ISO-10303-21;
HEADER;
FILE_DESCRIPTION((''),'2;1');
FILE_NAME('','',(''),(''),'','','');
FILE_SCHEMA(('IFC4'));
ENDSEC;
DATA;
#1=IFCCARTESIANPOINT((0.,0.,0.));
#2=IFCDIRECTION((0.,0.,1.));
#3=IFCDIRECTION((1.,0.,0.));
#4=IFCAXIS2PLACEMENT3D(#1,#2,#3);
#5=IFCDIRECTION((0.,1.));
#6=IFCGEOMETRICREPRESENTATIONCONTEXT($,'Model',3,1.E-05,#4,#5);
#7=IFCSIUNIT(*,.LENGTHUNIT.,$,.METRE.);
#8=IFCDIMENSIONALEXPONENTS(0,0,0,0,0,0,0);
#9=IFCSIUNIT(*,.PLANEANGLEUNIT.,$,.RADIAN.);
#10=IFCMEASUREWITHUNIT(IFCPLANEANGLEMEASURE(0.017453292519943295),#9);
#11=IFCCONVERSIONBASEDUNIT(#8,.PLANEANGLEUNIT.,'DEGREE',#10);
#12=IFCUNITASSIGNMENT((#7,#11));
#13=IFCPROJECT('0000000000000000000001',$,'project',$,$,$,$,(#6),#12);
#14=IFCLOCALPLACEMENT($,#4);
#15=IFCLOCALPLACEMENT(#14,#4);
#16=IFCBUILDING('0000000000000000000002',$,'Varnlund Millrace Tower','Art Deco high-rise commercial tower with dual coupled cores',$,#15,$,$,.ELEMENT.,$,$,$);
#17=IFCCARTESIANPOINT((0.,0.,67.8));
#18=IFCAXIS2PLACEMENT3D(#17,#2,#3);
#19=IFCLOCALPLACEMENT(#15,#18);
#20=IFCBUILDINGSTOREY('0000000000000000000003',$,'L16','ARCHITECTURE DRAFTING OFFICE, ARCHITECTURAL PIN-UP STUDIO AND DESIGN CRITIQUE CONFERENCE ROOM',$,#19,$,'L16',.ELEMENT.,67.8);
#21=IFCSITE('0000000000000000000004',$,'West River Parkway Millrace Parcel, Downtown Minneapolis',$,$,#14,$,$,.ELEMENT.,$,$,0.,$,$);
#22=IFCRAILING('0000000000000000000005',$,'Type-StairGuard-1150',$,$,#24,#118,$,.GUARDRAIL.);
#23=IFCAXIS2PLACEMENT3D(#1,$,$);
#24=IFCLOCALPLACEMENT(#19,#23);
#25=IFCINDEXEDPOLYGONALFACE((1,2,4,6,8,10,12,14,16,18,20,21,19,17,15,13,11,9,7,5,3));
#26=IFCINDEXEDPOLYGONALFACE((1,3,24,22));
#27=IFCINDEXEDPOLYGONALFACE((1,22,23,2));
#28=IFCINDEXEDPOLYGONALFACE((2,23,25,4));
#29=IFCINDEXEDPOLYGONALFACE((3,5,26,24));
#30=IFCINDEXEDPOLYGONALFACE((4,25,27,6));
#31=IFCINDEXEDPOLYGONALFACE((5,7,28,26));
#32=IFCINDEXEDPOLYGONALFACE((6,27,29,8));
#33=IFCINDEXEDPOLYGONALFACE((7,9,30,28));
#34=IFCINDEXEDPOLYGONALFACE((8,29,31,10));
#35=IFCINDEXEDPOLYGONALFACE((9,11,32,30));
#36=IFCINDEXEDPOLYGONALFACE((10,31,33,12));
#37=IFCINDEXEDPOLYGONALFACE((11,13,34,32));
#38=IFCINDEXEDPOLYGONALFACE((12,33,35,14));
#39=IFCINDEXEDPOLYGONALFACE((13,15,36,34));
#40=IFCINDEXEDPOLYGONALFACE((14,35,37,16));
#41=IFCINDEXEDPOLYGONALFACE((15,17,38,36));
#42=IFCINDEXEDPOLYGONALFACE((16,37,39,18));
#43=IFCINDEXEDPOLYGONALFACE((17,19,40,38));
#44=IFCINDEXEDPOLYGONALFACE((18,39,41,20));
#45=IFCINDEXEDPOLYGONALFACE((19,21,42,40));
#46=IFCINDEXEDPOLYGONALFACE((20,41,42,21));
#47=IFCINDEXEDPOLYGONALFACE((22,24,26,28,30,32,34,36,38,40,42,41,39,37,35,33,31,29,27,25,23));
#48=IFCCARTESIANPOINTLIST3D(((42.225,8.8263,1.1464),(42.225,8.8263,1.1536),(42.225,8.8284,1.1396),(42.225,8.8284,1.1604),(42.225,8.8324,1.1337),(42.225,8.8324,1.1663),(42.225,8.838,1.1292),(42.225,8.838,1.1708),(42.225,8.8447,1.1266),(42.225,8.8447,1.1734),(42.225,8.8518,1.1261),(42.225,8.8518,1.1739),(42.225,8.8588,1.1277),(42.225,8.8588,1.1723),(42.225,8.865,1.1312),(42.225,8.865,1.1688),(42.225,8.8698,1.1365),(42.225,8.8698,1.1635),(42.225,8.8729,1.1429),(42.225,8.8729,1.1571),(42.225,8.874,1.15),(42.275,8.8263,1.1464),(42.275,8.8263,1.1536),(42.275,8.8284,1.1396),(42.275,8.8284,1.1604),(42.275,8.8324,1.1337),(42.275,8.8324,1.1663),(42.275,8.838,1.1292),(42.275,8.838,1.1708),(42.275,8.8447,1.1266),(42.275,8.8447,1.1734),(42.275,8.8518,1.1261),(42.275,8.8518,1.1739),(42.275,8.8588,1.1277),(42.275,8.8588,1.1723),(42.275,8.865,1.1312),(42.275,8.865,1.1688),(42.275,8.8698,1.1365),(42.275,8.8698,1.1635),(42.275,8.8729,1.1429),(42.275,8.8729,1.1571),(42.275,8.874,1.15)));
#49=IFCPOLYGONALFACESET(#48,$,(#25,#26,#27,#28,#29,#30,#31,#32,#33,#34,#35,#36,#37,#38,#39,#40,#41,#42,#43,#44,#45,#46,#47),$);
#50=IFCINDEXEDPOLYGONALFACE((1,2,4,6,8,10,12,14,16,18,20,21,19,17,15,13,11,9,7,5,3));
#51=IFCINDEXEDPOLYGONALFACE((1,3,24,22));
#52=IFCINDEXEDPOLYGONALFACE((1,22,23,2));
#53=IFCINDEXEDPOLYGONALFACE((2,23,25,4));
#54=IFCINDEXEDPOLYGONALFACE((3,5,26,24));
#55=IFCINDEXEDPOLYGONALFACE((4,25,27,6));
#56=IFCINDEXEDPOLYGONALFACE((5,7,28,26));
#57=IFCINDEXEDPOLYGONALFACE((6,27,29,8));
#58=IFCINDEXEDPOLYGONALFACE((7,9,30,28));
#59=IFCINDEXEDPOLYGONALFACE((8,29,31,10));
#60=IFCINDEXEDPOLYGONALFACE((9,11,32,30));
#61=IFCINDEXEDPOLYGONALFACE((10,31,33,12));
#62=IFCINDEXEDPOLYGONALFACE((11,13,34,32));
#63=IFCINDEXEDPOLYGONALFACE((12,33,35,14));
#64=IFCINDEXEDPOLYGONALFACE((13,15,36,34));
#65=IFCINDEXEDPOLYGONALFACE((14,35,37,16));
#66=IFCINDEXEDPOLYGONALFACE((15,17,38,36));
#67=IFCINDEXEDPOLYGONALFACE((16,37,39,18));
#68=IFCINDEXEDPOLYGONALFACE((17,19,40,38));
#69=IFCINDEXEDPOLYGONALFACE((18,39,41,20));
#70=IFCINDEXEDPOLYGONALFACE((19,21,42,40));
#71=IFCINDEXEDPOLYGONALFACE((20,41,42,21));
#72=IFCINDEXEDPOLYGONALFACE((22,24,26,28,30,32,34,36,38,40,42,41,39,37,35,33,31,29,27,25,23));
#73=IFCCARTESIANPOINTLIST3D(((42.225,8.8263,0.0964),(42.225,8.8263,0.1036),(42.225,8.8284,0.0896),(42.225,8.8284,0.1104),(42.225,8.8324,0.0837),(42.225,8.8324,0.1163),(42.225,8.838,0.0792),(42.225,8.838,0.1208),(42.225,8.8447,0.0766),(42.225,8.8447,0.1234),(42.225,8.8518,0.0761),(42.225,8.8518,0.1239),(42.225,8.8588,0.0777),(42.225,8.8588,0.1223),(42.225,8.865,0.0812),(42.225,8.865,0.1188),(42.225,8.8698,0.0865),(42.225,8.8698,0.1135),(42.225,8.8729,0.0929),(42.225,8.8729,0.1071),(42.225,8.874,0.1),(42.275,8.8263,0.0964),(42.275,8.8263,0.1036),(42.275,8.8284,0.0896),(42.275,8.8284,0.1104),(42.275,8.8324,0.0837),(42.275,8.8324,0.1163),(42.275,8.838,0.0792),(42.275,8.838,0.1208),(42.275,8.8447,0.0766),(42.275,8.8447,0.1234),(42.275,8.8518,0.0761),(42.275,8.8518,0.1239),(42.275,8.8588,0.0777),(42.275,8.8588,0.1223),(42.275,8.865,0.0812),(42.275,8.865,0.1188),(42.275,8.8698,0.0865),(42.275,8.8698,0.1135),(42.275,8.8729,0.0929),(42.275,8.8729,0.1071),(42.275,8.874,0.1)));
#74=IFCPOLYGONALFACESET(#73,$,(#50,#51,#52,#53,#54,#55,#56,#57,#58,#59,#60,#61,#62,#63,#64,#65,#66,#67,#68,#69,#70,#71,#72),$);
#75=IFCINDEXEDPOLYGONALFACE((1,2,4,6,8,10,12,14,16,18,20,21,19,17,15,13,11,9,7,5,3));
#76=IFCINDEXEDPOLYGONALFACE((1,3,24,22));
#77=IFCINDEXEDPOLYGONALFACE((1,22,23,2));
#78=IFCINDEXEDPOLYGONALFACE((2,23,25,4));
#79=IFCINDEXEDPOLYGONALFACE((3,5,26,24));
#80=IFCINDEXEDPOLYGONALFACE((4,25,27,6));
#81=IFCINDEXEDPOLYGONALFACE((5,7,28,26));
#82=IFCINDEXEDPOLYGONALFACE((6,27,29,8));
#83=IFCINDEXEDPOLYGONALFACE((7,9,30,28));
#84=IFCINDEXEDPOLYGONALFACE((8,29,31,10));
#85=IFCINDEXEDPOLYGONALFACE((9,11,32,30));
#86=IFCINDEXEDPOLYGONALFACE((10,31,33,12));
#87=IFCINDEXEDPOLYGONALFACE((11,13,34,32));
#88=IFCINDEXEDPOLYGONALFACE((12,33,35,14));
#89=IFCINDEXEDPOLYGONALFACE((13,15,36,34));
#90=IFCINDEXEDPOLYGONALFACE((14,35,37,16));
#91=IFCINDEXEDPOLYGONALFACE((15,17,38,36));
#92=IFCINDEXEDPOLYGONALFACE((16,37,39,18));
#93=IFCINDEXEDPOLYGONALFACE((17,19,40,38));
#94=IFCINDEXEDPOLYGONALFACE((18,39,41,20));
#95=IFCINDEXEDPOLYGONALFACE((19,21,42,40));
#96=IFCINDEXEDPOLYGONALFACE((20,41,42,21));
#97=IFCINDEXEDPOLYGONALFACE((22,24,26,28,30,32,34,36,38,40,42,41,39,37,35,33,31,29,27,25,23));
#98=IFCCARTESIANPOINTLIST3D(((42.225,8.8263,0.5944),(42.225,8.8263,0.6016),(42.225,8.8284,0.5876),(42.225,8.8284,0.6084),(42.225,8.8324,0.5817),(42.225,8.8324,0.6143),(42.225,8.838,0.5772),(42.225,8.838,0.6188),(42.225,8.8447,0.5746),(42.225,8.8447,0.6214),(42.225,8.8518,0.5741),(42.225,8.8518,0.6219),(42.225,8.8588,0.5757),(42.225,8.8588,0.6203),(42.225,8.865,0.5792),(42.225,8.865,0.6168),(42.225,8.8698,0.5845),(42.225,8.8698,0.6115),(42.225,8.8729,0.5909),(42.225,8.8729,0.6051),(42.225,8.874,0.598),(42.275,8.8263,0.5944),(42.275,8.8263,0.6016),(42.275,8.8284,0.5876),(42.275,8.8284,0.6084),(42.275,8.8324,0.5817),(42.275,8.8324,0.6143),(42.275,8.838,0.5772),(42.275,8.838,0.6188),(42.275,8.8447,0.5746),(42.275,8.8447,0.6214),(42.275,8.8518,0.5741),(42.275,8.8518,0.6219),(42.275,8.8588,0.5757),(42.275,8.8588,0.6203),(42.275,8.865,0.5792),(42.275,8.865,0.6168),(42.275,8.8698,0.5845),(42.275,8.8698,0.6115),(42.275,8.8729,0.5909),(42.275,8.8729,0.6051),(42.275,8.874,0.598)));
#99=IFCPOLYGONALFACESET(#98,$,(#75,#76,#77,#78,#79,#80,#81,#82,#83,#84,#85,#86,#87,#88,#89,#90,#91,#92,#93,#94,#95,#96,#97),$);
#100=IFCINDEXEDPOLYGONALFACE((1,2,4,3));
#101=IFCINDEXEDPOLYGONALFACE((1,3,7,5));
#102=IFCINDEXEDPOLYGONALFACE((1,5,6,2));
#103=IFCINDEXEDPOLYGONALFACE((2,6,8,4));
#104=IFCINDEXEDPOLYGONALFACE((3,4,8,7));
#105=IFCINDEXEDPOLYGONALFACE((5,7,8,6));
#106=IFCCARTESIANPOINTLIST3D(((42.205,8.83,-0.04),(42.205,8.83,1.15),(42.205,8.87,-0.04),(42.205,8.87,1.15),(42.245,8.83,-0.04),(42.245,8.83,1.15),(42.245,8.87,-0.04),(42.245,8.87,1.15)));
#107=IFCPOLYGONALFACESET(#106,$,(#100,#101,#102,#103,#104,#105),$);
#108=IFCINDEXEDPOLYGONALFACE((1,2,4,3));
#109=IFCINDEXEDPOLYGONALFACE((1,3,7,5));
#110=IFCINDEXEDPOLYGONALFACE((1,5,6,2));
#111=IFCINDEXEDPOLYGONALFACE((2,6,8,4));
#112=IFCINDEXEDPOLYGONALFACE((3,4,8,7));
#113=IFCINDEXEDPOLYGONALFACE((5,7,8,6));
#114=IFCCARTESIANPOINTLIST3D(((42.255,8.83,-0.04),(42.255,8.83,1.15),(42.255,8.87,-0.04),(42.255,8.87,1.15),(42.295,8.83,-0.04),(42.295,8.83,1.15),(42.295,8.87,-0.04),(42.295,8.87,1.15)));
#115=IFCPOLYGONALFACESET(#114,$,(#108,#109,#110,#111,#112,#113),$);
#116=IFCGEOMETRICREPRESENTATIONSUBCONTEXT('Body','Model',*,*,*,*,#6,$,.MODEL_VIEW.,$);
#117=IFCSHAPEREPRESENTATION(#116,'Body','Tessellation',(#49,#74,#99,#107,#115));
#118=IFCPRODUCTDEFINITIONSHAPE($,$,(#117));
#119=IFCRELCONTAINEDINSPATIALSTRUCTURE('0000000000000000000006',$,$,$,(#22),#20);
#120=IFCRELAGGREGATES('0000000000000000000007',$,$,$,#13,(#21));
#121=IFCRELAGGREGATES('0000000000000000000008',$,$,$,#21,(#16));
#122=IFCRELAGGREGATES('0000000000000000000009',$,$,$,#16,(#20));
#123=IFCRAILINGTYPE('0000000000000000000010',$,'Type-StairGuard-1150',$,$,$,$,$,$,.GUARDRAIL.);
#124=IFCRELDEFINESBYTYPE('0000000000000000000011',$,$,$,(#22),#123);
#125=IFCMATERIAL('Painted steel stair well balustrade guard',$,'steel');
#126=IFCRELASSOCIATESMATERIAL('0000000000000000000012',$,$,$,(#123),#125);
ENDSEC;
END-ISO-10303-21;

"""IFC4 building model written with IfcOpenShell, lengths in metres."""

from ifc_helpers import new_model, entity, si_unit, converted_unit, direction, frame, origin_with_axes, origin_2d_with_axis, place, context, subcontext, project, spatial, rectangle, circle, extrude, material, type_object, element, save


model = new_model("IFC4")

# Units and contexts
model_context = context("Model", 3, precision=1e-05, world=origin_with_axes(), true_north=direction((0.0, 1.0)))
body_context = subcontext(model_context, "Body", "Model", "MODEL_VIEW")
ifc_project = project(units=[si_unit("LENGTHUNIT", "METRE"), converted_unit("PLANEANGLEUNIT", "DEGREE", entity("IfcPlaneAngleMeasure", 0.017453292519943295), si_unit("PLANEANGLEUNIT", "RADIAN"), dimensions=[0, 0, 0, 0, 0, 0, 0])], contexts=[model_context])

# Site, building, storey
site_placement = place(None, origin_with_axes())
site = spatial("IfcSite", under=ifc_project, at=site_placement, Name="West River Parkway Millrace Parcel, Downtown Minneapolis", CompositionType="ELEMENT", RefElevation=0.0)
building_placement = place(site_placement, origin_with_axes())
building = spatial("IfcBuilding", under=site, at=building_placement, Name="Varnlund Millrace Tower", Description="Art Deco high-rise commercial tower with dual coupled cores", CompositionType="ELEMENT")
storey_placement = place(building_placement, frame((0.0, 0.0, 67.8), z_axis=(0.0, 0.0, 1.0), x_axis=(1.0, 0.0, 0.0)))
storey = spatial("IfcBuildingStorey", under=building, at=storey_placement, Name="L16", Description="ARCHITECTURE DRAFTING OFFICE, ARCHITECTURAL PIN-UP STUDIO AND DESIGN CRITIQUE CONFERENCE ROOM", LongName="L16", CompositionType="ELEMENT", Elevation=67.8)

# Railing
ifc_material_1 = material(Name="Painted steel stair well balustrade guard", Category="steel")
railing_type_1 = type_object("IfcRailingType", Name="Type-StairGuard-1150", PredefinedType="GUARDRAIL", material=ifc_material_1)
railing_1_placement = place(storey_placement, frame((0.0, 0.0, -67.8), z_axis=(0.0, 0.0, 1.0), x_axis=(1.0, 0.0, 0.0)))
element("IfcRailing", 1, at=railing_1_placement, inside=storey, type_object=railing_type_1, Name="Type-StairGuard-1150", PredefinedType="GUARDRAIL", context=body_context, shape_type="SweptSolid", body=[
    extrude(circle(Radius=0.024, at=origin_2d_with_axis()), frame((42.225, 8.85, 68.95), z_axis=(1.0, 0.0, 0.0), x_axis=(0.0, 1.0, 0.0)), (0.0, 0.0, 1.0), 0.05),
    extrude(circle(Radius=0.024, at=origin_2d_with_axis()), frame((42.225, 8.85, 67.9), z_axis=(1.0, 0.0, 0.0), x_axis=(0.0, 1.0, 0.0)), (0.0, 0.0, 1.0), 0.05),
    extrude(circle(Radius=0.024, at=origin_2d_with_axis()), frame((42.225, 8.85, 68.398), z_axis=(1.0, 0.0, 0.0), x_axis=(0.0, 1.0, 0.0)), (0.0, 0.0, 1.0), 0.05),
    extrude(rectangle(XDim=0.04, YDim=0.04, at=origin_2d_with_axis()), frame((42.225, 8.85, 67.76), z_axis=(0.0, 0.0, 1.0), x_axis=(1.0, 0.0, 0.0)), (0.0, 0.0, 1.0), 1.19),
    extrude(rectangle(XDim=0.04, YDim=0.04, at=origin_2d_with_axis()), frame((42.275, 8.85, 67.76), z_axis=(0.0, 0.0, 1.0), x_axis=(1.0, 0.0, 0.0)), (0.0, 0.0, 1.0), 1.19),
])

save(model, "model.ifc")
